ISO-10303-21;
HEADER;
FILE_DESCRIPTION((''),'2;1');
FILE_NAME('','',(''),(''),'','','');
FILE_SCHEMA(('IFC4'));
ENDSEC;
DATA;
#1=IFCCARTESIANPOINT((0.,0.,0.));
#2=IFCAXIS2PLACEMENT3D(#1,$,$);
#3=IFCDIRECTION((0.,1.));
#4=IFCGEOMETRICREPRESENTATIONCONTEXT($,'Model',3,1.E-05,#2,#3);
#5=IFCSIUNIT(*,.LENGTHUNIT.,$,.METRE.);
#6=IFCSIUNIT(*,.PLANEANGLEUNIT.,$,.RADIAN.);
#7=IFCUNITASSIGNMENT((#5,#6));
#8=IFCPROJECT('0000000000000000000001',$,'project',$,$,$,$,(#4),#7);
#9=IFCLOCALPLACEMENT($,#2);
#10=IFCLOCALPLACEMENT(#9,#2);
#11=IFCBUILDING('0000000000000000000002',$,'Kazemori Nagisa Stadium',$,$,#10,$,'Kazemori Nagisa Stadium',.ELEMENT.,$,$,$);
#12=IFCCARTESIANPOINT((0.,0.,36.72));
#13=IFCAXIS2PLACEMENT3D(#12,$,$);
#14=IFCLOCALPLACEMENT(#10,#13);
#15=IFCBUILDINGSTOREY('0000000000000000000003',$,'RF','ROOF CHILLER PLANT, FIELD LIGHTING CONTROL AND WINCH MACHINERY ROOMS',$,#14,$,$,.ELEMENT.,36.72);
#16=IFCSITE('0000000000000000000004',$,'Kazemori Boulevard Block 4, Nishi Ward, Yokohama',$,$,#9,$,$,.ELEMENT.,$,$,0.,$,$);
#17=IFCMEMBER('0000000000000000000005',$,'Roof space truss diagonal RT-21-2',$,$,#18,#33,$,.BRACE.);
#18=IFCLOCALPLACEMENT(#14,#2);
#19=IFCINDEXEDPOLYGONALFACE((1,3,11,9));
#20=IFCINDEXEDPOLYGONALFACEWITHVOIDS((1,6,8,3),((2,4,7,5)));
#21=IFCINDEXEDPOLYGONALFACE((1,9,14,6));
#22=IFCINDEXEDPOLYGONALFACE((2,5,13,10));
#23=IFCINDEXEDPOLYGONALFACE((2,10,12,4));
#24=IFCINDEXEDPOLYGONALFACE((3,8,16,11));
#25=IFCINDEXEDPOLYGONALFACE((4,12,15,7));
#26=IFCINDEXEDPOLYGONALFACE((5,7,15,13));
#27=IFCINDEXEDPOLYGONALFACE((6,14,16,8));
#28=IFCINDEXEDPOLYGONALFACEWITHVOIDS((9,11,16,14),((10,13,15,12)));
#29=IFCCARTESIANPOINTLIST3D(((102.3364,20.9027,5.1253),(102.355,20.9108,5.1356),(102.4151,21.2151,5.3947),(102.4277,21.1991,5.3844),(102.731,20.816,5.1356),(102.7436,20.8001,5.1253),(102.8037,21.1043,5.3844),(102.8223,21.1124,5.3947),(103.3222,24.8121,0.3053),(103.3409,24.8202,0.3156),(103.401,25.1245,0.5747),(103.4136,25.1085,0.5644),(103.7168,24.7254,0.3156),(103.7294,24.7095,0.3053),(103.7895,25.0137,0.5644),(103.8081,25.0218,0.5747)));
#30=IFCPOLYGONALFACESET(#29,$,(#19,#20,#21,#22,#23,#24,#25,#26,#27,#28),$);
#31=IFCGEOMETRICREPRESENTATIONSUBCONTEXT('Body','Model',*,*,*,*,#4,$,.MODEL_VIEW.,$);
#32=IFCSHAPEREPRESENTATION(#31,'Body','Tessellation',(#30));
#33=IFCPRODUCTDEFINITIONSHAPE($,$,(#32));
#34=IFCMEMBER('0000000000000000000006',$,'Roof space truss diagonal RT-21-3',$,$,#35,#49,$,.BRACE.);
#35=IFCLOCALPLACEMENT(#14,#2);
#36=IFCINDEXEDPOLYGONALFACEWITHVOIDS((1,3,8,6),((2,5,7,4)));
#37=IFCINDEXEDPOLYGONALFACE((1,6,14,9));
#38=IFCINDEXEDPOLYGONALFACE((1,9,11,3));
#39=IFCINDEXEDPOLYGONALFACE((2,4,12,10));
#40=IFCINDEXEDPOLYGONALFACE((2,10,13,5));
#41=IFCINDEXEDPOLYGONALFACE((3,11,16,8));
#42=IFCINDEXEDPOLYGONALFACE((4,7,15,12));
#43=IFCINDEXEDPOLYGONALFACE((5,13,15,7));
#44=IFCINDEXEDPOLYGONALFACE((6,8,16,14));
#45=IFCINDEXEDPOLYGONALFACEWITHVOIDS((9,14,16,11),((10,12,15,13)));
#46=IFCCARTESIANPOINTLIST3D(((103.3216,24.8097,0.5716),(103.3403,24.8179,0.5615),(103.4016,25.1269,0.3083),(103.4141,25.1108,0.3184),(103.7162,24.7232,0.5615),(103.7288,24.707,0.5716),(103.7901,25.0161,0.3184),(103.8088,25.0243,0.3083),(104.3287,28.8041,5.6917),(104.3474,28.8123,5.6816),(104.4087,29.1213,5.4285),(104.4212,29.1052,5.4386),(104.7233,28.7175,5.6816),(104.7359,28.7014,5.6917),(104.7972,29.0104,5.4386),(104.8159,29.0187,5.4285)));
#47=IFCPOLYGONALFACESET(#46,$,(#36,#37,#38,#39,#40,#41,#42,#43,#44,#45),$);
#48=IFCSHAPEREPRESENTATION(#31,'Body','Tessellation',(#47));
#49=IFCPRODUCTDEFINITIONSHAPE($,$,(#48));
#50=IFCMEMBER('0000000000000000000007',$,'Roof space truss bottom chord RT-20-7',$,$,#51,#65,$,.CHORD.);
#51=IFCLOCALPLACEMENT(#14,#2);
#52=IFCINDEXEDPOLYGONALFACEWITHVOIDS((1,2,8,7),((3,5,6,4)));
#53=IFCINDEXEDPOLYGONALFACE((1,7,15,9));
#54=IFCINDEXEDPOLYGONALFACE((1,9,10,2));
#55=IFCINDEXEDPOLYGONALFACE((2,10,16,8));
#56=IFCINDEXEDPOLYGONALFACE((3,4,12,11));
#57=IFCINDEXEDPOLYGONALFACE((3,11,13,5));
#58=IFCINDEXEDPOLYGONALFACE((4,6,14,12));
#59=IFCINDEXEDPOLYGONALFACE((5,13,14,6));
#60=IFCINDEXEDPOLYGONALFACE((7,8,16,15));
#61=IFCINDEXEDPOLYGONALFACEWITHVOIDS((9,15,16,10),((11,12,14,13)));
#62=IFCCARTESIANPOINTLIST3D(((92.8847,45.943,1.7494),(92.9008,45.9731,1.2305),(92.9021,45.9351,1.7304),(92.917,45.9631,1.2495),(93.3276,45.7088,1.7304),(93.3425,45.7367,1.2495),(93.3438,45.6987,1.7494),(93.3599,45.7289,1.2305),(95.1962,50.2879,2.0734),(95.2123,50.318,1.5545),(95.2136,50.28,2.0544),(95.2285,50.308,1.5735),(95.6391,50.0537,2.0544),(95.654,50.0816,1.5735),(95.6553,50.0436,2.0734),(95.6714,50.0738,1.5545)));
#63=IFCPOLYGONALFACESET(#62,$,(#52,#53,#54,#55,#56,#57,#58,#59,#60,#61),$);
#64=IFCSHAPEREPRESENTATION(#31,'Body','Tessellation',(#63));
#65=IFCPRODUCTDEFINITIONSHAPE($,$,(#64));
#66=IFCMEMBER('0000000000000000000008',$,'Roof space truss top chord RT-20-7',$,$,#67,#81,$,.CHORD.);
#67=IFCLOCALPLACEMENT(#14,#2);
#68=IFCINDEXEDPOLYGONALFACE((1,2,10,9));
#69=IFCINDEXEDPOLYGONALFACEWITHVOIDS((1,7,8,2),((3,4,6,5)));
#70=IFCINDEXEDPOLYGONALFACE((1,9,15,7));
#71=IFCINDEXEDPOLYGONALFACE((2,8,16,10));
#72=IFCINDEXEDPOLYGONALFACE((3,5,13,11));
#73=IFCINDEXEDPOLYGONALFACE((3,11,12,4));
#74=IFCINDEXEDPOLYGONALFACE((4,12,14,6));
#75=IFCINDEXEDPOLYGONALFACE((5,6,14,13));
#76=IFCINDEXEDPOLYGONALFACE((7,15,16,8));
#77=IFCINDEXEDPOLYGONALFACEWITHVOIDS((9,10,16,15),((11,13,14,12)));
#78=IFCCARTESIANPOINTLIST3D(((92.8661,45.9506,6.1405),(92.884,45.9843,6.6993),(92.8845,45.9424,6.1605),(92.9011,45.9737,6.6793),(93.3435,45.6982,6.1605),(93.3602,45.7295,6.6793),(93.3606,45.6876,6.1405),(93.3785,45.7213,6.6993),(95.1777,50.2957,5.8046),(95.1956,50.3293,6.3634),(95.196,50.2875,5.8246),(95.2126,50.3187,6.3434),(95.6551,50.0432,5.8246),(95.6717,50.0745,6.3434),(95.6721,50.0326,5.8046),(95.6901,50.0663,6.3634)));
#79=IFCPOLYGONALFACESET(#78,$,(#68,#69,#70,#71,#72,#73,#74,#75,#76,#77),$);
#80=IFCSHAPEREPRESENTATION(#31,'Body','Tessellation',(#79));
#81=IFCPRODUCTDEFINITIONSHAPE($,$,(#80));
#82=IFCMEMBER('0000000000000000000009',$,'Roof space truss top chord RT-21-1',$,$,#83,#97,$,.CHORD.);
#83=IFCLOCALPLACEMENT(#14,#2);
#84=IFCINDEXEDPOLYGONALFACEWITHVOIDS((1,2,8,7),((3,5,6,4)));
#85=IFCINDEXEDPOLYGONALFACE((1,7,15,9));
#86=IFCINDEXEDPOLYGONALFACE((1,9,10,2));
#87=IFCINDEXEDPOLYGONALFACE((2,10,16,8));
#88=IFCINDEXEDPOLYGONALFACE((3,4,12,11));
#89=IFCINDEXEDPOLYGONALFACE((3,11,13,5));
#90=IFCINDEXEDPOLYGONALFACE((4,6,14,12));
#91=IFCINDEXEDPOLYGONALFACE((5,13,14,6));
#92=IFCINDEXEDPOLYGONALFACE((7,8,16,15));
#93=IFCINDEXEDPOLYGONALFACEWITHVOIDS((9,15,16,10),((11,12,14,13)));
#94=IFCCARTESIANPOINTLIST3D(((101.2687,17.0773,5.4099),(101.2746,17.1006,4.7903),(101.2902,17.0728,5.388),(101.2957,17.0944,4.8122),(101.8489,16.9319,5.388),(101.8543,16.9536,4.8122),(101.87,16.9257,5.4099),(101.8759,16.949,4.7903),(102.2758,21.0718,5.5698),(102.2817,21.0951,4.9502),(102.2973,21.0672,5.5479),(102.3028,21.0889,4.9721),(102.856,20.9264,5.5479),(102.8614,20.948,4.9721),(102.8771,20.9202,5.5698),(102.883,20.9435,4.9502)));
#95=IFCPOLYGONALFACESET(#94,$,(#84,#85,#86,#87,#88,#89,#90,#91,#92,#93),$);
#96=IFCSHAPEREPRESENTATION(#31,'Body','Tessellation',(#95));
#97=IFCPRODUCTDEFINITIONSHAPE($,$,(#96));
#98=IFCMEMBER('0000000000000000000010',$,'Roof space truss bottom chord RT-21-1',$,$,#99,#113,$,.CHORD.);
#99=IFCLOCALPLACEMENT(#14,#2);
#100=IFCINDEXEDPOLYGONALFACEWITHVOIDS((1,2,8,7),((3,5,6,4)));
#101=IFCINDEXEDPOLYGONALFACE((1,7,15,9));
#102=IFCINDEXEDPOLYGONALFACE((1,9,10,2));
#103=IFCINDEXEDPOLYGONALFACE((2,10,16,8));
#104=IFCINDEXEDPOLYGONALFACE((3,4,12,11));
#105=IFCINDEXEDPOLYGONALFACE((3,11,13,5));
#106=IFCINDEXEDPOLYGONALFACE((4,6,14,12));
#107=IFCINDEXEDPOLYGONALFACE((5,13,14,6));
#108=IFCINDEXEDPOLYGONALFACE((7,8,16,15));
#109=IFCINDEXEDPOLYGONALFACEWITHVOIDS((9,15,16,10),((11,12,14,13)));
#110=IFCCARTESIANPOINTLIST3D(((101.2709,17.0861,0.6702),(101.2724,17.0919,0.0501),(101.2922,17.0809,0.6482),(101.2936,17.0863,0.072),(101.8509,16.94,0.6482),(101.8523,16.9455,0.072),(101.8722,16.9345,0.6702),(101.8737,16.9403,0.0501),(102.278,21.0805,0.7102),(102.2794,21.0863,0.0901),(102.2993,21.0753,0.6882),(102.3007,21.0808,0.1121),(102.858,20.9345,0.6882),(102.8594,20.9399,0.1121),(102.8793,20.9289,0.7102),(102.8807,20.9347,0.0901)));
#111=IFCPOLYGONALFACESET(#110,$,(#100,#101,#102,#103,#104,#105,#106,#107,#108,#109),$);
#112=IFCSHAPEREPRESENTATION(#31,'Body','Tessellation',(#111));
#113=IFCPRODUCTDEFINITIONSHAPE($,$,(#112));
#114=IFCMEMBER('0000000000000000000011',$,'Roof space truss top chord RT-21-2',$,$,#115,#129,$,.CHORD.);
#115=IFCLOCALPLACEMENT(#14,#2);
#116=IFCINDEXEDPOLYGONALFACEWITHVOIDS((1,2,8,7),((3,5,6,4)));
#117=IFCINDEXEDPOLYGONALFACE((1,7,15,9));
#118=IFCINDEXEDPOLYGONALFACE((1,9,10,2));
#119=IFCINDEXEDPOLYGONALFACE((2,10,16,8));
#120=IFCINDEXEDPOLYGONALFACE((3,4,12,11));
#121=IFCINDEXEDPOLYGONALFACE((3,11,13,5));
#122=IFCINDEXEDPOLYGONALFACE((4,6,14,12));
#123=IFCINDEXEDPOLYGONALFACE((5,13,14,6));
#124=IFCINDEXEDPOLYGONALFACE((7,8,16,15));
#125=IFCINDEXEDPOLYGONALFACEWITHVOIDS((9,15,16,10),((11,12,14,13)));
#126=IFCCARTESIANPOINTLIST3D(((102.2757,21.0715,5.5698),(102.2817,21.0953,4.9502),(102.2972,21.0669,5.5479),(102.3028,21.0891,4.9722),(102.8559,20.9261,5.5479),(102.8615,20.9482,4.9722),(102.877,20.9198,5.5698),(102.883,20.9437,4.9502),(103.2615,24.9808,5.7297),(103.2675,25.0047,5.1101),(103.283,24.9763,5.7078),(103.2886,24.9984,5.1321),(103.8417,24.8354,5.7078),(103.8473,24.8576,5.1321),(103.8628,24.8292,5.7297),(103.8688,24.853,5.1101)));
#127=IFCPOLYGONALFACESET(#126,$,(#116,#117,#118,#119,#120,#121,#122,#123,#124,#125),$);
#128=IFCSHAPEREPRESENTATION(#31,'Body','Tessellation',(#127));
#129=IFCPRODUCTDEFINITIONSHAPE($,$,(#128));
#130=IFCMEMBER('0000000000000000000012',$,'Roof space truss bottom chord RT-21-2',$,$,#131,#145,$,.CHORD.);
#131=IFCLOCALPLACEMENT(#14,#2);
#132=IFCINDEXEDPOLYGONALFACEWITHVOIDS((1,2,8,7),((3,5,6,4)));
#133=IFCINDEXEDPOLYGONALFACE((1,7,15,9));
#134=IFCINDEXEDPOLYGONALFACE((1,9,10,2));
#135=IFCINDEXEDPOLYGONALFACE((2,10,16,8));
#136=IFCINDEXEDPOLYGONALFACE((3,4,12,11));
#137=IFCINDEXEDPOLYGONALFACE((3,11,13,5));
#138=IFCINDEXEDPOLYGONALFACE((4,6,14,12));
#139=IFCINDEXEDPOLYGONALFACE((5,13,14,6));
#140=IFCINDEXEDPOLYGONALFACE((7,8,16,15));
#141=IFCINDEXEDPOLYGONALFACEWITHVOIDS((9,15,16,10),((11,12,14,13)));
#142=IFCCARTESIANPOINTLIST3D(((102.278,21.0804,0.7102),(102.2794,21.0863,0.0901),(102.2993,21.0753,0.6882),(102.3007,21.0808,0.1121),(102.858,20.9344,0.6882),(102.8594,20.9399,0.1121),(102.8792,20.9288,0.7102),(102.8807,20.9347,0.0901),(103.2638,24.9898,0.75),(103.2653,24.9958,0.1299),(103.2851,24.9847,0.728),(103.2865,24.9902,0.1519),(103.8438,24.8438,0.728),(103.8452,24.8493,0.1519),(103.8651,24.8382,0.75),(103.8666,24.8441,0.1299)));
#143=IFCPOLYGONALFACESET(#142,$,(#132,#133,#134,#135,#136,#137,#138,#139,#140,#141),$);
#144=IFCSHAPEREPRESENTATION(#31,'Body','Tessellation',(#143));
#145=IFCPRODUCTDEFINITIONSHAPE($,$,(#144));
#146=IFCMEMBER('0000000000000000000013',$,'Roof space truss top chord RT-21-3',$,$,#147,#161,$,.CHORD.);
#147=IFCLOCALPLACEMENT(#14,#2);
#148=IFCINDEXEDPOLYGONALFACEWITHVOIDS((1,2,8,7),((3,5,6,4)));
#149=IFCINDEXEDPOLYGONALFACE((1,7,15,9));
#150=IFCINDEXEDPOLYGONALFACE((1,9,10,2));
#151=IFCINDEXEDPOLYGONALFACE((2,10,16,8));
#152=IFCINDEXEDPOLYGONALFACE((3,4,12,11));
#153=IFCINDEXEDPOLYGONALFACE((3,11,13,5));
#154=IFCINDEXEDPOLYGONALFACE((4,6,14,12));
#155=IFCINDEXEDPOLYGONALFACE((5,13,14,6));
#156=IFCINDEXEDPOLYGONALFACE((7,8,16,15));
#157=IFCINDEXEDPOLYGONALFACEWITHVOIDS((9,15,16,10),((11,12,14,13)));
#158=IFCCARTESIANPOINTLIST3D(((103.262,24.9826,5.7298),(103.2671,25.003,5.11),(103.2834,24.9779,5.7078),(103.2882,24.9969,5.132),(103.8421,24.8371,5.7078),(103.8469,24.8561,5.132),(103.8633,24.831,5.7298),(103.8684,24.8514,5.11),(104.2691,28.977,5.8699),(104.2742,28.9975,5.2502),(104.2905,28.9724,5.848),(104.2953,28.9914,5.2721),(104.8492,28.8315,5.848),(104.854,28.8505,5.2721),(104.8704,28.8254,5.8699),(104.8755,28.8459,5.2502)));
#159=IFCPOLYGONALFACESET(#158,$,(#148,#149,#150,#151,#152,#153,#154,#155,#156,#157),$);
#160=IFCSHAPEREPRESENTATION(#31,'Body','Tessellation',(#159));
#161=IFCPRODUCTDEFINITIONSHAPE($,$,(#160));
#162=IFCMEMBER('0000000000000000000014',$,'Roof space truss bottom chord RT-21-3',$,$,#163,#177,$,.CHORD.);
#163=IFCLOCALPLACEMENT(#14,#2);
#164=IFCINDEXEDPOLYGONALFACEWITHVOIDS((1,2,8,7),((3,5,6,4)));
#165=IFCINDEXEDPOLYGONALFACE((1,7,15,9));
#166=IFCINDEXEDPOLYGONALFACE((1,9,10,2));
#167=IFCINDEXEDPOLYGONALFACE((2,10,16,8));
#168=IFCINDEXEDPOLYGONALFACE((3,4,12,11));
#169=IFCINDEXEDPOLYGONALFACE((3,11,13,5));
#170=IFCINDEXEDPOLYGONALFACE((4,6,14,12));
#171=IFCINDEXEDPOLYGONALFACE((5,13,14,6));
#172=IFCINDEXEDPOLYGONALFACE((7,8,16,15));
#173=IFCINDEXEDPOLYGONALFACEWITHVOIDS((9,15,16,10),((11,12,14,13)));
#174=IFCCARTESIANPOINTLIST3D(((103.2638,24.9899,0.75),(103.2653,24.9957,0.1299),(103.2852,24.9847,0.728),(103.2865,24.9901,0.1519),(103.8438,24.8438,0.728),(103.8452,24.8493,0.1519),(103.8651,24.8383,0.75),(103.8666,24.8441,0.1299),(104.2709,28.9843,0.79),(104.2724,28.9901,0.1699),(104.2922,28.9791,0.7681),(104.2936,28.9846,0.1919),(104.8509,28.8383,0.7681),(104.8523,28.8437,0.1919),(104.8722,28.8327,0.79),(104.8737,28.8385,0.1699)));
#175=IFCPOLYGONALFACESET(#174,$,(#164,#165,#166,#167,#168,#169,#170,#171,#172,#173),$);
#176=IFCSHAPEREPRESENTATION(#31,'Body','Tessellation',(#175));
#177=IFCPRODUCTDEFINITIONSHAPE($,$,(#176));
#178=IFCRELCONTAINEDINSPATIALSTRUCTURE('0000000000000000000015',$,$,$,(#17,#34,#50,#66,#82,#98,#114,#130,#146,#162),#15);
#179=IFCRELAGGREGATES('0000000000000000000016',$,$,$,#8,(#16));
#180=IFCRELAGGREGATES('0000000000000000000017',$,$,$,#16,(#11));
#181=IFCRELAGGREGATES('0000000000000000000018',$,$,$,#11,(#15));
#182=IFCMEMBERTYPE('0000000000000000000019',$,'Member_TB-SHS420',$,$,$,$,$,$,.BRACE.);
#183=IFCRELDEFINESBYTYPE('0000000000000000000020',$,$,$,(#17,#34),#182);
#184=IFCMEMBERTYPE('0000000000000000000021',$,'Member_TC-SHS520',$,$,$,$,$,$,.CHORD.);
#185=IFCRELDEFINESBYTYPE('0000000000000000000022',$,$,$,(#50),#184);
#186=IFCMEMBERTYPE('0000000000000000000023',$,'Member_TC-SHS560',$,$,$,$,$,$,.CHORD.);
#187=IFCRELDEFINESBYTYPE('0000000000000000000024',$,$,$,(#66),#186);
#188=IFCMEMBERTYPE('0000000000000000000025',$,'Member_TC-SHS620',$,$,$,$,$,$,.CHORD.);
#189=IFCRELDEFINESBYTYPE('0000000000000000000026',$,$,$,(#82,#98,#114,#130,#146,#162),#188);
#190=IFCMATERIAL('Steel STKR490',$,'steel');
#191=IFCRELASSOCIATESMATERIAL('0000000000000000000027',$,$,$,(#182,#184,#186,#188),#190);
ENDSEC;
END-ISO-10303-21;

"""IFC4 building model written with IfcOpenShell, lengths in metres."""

from ifc_helpers import new_model, si_unit, direction, frame, origin, origin_2d, place, context, subcontext, project, spatial, hollow_rectangle, extrude, material, material_profile, profile_set, type_object, element, save


model = new_model("IFC4")

# Units and contexts
model_context = context("Model", 3, precision=1e-05, world=origin(), true_north=direction((0.0, 1.0)))
body_context = subcontext(model_context, "Body", "Model", "MODEL_VIEW")
ifc_project = project(units=[si_unit("LENGTHUNIT", "METRE"), si_unit("PLANEANGLEUNIT", "RADIAN")], contexts=[model_context])

# Site, building, storey
site_placement = place(None, origin())
site = spatial("IfcSite", under=ifc_project, at=site_placement, Name="Kazemori Boulevard Block 4, Nishi Ward, Yokohama", CompositionType="ELEMENT", RefElevation=0.0)
building_placement = place(site_placement, origin())
building = spatial("IfcBuilding", under=site, at=building_placement, Name="Kazemori Nagisa Stadium", LongName="Kazemori Nagisa Stadium", CompositionType="ELEMENT")
storey_placement = place(building_placement, frame((0.0, 0.0, 36.72)))
storey = spatial("IfcBuildingStorey", under=building, at=storey_placement, Name="RF", Description="ROOF CHILLER PLANT, FIELD LIGHTING CONTROL AND WINCH MACHINERY ROOMS", CompositionType="ELEMENT", Elevation=36.72)

# Members
ifc_material_1 = material(Name="Steel STKR490", Category="steel")
ifc_material_profile_1 = material_profile(ifc_material_1, hollow_rectangle(XDim=0.4199, YDim=0.4199, WallThickness=0.0161, at=origin_2d()), Name="SHS-420x420x16")
ifc_profile_set_1 = profile_set([ifc_material_profile_1], Name="Steel STKR490")
member_type_1 = type_object("IfcMemberType", Name="Member_TB-SHS420", PredefinedType="BRACE", material=ifc_profile_set_1)
member_1_placement = place(storey_placement, frame((102.5793, 21.0076, 5.26), z_axis=(0.156881, 0.622124, -0.767039), x_axis=(-0.969645, 0.244516, 0.0)))
element("IfcMember", 1, at=member_1_placement, inside=storey, type_object=member_type_1, Name="Roof space truss diagonal RT-21-2", PredefinedType="BRACE", context=body_context, shape_type="SweptSolid", body=[
    extrude(hollow_rectangle(XDim=0.4199, YDim=0.4199, WallThickness=0.0161, at=origin_2d()), origin(), (0.0, 0.0, 1.0), 6.2839),
])
member_2_placement = place(storey_placement, frame((103.5652, 24.917, 0.4399), z_axis=(0.153249, 0.607832, 0.779137), x_axis=(-0.969656, 0.244473, 0.0)))
element("IfcMember", 2, at=member_2_placement, inside=storey, type_object=member_type_1, Name="Roof space truss diagonal RT-21-3", PredefinedType="BRACE", context=body_context, shape_type="SweptSolid", body=[
    extrude(hollow_rectangle(XDim=0.4199, YDim=0.4199, WallThickness=0.0161, at=origin_2d()), origin(), (0.0, 0.0, 1.0), 6.5715),
])
ifc_material_profile_2 = material_profile(ifc_material_1, hollow_rectangle(XDim=0.52, YDim=0.52, WallThickness=0.019, at=origin_2d()), Name="SHS-520x520x19")
ifc_profile_set_2 = profile_set([ifc_material_profile_2], Name="Steel STKR490")
member_type_2 = type_object("IfcMemberType", Name="Member_TC-SHS520", PredefinedType="CHORD", material=ifc_profile_set_2)
member_3_placement = place(storey_placement, frame((93.1223, 45.8359, 1.49), z_axis=(0.468657, 0.880935, 0.065685), x_axis=(-0.882841, 0.469671, 0.0)))
element("IfcMember", 3, at=member_3_placement, inside=storey, type_object=member_type_2, Name="Roof space truss bottom chord RT-20-7", PredefinedType="CHORD", context=body_context, shape_type="SweptSolid", body=[
    extrude(hollow_rectangle(XDim=0.52, YDim=0.52, WallThickness=0.019, at=origin_2d()), origin(), (0.0, 0.0, 1.0), 4.9321),
])
ifc_material_profile_3 = material_profile(ifc_material_1, hollow_rectangle(XDim=0.5601, YDim=0.5601, WallThickness=0.02, at=origin_2d()), Name="SHS-560x560x20")
ifc_profile_set_3 = profile_set([ifc_material_profile_3], Name="Steel STKR490")
member_type_3 = type_object("IfcMemberType", Name="Member_TC-SHS560", PredefinedType="CHORD", material=ifc_profile_set_3)
member_4_placement = place(storey_placement, frame((93.1223, 45.8359, 6.4199), z_axis=(0.468581, 0.880792, -0.0681), x_axis=(-0.882841, 0.469671, 0.0)))
element("IfcMember", 4, at=member_4_placement, inside=storey, type_object=member_type_3, Name="Roof space truss top chord RT-20-7", PredefinedType="CHORD", context=body_context, shape_type="SweptSolid", body=[
    extrude(hollow_rectangle(XDim=0.5601, YDim=0.5601, WallThickness=0.02, at=origin_2d()), origin(), (0.0, 0.0, 1.0), 4.9331),
])
ifc_material_profile_4 = material_profile(ifc_material_1, hollow_rectangle(XDim=0.6201, YDim=0.6201, WallThickness=0.022, at=origin_2d()), Name="SHS-620x620x22")
ifc_profile_set_4 = profile_set([ifc_material_profile_4], Name="Steel STKR490")
member_type_4 = type_object("IfcMemberType", Name="Member_TC-SHS620", PredefinedType="CHORD", material=ifc_profile_set_4)
member_5_placement = place(storey_placement, frame((101.5723, 17.0132, 5.1001), z_axis=(0.24429, 0.968926, 0.03879), x_axis=(-0.969656, 0.244473, 0.0)))
element("IfcMember", 5, at=member_5_placement, inside=storey, type_object=member_type_4, Name="Roof space truss top chord RT-21-1", PredefinedType="CHORD", context=body_context, shape_type="SweptSolid", body=[
    extrude(hollow_rectangle(XDim=0.6201, YDim=0.6201, WallThickness=0.022, at=origin_2d()), origin(), (0.0, 0.0, 1.0), 4.1226),
])
member_6_placement = place(storey_placement, frame((101.5723, 17.0132, 0.3601), z_axis=(0.244462, 0.96961, 0.009719), x_axis=(-0.969656, 0.244473, 0.0)))
element("IfcMember", 6, at=member_6_placement, inside=storey, type_object=member_type_4, Name="Roof space truss bottom chord RT-21-1", PredefinedType="CHORD", context=body_context, shape_type="SweptSolid", body=[
    extrude(hollow_rectangle(XDim=0.6201, YDim=0.6201, WallThickness=0.022, at=origin_2d()), origin(), (0.0, 0.0, 1.0), 4.1196),
])
member_7_placement = place(storey_placement, frame((102.5793, 21.0076, 5.26), z_axis=(0.244323, 0.968884, 0.039631), x_axis=(-0.969645, 0.244516, 0.0)))
element("IfcMember", 7, at=member_7_placement, inside=storey, type_object=member_type_4, Name="Roof space truss top chord RT-21-2", PredefinedType="CHORD", context=body_context, shape_type="SweptSolid", body=[
    extrude(hollow_rectangle(XDim=0.6201, YDim=0.6201, WallThickness=0.022, at=origin_2d()), origin(), (0.0, 0.0, 1.0), 4.0349),
])
member_8_placement = place(storey_placement, frame((102.5793, 21.0076, 0.4001), z_axis=(0.244504, 0.969598, 0.00987), x_axis=(-0.969645, 0.244516, 0.0)))
element("IfcMember", 8, at=member_8_placement, inside=storey, type_object=member_type_4, Name="Roof space truss bottom chord RT-21-2", PredefinedType="CHORD", context=body_context, shape_type="SweptSolid", body=[
    extrude(hollow_rectangle(XDim=0.6201, YDim=0.6201, WallThickness=0.022, at=origin_2d()), origin(), (0.0, 0.0, 1.0), 4.032),
])
member_9_placement = place(storey_placement, frame((103.5652, 24.917, 5.4199), z_axis=(0.244332, 0.969095, 0.033999), x_axis=(-0.969656, 0.244473, 0.0)))
element("IfcMember", 9, at=member_9_placement, inside=storey, type_object=member_type_4, Name="Roof space truss top chord RT-21-3", PredefinedType="CHORD", context=body_context, shape_type="SweptSolid", body=[
    extrude(hollow_rectangle(XDim=0.6201, YDim=0.6201, WallThickness=0.022, at=origin_2d()), origin(), (0.0, 0.0, 1.0), 4.1218),
])
member_10_placement = place(storey_placement, frame((103.5652, 24.917, 0.4399), z_axis=(0.244462, 0.96961, 0.009719), x_axis=(-0.969656, 0.244473, 0.0)))
element("IfcMember", 10, at=member_10_placement, inside=storey, type_object=member_type_4, Name="Roof space truss bottom chord RT-21-3", PredefinedType="CHORD", context=body_context, shape_type="SweptSolid", body=[
    extrude(hollow_rectangle(XDim=0.6201, YDim=0.6201, WallThickness=0.022, at=origin_2d()), origin(), (0.0, 0.0, 1.0), 4.1196),
])

save(model, "model.ifc")
